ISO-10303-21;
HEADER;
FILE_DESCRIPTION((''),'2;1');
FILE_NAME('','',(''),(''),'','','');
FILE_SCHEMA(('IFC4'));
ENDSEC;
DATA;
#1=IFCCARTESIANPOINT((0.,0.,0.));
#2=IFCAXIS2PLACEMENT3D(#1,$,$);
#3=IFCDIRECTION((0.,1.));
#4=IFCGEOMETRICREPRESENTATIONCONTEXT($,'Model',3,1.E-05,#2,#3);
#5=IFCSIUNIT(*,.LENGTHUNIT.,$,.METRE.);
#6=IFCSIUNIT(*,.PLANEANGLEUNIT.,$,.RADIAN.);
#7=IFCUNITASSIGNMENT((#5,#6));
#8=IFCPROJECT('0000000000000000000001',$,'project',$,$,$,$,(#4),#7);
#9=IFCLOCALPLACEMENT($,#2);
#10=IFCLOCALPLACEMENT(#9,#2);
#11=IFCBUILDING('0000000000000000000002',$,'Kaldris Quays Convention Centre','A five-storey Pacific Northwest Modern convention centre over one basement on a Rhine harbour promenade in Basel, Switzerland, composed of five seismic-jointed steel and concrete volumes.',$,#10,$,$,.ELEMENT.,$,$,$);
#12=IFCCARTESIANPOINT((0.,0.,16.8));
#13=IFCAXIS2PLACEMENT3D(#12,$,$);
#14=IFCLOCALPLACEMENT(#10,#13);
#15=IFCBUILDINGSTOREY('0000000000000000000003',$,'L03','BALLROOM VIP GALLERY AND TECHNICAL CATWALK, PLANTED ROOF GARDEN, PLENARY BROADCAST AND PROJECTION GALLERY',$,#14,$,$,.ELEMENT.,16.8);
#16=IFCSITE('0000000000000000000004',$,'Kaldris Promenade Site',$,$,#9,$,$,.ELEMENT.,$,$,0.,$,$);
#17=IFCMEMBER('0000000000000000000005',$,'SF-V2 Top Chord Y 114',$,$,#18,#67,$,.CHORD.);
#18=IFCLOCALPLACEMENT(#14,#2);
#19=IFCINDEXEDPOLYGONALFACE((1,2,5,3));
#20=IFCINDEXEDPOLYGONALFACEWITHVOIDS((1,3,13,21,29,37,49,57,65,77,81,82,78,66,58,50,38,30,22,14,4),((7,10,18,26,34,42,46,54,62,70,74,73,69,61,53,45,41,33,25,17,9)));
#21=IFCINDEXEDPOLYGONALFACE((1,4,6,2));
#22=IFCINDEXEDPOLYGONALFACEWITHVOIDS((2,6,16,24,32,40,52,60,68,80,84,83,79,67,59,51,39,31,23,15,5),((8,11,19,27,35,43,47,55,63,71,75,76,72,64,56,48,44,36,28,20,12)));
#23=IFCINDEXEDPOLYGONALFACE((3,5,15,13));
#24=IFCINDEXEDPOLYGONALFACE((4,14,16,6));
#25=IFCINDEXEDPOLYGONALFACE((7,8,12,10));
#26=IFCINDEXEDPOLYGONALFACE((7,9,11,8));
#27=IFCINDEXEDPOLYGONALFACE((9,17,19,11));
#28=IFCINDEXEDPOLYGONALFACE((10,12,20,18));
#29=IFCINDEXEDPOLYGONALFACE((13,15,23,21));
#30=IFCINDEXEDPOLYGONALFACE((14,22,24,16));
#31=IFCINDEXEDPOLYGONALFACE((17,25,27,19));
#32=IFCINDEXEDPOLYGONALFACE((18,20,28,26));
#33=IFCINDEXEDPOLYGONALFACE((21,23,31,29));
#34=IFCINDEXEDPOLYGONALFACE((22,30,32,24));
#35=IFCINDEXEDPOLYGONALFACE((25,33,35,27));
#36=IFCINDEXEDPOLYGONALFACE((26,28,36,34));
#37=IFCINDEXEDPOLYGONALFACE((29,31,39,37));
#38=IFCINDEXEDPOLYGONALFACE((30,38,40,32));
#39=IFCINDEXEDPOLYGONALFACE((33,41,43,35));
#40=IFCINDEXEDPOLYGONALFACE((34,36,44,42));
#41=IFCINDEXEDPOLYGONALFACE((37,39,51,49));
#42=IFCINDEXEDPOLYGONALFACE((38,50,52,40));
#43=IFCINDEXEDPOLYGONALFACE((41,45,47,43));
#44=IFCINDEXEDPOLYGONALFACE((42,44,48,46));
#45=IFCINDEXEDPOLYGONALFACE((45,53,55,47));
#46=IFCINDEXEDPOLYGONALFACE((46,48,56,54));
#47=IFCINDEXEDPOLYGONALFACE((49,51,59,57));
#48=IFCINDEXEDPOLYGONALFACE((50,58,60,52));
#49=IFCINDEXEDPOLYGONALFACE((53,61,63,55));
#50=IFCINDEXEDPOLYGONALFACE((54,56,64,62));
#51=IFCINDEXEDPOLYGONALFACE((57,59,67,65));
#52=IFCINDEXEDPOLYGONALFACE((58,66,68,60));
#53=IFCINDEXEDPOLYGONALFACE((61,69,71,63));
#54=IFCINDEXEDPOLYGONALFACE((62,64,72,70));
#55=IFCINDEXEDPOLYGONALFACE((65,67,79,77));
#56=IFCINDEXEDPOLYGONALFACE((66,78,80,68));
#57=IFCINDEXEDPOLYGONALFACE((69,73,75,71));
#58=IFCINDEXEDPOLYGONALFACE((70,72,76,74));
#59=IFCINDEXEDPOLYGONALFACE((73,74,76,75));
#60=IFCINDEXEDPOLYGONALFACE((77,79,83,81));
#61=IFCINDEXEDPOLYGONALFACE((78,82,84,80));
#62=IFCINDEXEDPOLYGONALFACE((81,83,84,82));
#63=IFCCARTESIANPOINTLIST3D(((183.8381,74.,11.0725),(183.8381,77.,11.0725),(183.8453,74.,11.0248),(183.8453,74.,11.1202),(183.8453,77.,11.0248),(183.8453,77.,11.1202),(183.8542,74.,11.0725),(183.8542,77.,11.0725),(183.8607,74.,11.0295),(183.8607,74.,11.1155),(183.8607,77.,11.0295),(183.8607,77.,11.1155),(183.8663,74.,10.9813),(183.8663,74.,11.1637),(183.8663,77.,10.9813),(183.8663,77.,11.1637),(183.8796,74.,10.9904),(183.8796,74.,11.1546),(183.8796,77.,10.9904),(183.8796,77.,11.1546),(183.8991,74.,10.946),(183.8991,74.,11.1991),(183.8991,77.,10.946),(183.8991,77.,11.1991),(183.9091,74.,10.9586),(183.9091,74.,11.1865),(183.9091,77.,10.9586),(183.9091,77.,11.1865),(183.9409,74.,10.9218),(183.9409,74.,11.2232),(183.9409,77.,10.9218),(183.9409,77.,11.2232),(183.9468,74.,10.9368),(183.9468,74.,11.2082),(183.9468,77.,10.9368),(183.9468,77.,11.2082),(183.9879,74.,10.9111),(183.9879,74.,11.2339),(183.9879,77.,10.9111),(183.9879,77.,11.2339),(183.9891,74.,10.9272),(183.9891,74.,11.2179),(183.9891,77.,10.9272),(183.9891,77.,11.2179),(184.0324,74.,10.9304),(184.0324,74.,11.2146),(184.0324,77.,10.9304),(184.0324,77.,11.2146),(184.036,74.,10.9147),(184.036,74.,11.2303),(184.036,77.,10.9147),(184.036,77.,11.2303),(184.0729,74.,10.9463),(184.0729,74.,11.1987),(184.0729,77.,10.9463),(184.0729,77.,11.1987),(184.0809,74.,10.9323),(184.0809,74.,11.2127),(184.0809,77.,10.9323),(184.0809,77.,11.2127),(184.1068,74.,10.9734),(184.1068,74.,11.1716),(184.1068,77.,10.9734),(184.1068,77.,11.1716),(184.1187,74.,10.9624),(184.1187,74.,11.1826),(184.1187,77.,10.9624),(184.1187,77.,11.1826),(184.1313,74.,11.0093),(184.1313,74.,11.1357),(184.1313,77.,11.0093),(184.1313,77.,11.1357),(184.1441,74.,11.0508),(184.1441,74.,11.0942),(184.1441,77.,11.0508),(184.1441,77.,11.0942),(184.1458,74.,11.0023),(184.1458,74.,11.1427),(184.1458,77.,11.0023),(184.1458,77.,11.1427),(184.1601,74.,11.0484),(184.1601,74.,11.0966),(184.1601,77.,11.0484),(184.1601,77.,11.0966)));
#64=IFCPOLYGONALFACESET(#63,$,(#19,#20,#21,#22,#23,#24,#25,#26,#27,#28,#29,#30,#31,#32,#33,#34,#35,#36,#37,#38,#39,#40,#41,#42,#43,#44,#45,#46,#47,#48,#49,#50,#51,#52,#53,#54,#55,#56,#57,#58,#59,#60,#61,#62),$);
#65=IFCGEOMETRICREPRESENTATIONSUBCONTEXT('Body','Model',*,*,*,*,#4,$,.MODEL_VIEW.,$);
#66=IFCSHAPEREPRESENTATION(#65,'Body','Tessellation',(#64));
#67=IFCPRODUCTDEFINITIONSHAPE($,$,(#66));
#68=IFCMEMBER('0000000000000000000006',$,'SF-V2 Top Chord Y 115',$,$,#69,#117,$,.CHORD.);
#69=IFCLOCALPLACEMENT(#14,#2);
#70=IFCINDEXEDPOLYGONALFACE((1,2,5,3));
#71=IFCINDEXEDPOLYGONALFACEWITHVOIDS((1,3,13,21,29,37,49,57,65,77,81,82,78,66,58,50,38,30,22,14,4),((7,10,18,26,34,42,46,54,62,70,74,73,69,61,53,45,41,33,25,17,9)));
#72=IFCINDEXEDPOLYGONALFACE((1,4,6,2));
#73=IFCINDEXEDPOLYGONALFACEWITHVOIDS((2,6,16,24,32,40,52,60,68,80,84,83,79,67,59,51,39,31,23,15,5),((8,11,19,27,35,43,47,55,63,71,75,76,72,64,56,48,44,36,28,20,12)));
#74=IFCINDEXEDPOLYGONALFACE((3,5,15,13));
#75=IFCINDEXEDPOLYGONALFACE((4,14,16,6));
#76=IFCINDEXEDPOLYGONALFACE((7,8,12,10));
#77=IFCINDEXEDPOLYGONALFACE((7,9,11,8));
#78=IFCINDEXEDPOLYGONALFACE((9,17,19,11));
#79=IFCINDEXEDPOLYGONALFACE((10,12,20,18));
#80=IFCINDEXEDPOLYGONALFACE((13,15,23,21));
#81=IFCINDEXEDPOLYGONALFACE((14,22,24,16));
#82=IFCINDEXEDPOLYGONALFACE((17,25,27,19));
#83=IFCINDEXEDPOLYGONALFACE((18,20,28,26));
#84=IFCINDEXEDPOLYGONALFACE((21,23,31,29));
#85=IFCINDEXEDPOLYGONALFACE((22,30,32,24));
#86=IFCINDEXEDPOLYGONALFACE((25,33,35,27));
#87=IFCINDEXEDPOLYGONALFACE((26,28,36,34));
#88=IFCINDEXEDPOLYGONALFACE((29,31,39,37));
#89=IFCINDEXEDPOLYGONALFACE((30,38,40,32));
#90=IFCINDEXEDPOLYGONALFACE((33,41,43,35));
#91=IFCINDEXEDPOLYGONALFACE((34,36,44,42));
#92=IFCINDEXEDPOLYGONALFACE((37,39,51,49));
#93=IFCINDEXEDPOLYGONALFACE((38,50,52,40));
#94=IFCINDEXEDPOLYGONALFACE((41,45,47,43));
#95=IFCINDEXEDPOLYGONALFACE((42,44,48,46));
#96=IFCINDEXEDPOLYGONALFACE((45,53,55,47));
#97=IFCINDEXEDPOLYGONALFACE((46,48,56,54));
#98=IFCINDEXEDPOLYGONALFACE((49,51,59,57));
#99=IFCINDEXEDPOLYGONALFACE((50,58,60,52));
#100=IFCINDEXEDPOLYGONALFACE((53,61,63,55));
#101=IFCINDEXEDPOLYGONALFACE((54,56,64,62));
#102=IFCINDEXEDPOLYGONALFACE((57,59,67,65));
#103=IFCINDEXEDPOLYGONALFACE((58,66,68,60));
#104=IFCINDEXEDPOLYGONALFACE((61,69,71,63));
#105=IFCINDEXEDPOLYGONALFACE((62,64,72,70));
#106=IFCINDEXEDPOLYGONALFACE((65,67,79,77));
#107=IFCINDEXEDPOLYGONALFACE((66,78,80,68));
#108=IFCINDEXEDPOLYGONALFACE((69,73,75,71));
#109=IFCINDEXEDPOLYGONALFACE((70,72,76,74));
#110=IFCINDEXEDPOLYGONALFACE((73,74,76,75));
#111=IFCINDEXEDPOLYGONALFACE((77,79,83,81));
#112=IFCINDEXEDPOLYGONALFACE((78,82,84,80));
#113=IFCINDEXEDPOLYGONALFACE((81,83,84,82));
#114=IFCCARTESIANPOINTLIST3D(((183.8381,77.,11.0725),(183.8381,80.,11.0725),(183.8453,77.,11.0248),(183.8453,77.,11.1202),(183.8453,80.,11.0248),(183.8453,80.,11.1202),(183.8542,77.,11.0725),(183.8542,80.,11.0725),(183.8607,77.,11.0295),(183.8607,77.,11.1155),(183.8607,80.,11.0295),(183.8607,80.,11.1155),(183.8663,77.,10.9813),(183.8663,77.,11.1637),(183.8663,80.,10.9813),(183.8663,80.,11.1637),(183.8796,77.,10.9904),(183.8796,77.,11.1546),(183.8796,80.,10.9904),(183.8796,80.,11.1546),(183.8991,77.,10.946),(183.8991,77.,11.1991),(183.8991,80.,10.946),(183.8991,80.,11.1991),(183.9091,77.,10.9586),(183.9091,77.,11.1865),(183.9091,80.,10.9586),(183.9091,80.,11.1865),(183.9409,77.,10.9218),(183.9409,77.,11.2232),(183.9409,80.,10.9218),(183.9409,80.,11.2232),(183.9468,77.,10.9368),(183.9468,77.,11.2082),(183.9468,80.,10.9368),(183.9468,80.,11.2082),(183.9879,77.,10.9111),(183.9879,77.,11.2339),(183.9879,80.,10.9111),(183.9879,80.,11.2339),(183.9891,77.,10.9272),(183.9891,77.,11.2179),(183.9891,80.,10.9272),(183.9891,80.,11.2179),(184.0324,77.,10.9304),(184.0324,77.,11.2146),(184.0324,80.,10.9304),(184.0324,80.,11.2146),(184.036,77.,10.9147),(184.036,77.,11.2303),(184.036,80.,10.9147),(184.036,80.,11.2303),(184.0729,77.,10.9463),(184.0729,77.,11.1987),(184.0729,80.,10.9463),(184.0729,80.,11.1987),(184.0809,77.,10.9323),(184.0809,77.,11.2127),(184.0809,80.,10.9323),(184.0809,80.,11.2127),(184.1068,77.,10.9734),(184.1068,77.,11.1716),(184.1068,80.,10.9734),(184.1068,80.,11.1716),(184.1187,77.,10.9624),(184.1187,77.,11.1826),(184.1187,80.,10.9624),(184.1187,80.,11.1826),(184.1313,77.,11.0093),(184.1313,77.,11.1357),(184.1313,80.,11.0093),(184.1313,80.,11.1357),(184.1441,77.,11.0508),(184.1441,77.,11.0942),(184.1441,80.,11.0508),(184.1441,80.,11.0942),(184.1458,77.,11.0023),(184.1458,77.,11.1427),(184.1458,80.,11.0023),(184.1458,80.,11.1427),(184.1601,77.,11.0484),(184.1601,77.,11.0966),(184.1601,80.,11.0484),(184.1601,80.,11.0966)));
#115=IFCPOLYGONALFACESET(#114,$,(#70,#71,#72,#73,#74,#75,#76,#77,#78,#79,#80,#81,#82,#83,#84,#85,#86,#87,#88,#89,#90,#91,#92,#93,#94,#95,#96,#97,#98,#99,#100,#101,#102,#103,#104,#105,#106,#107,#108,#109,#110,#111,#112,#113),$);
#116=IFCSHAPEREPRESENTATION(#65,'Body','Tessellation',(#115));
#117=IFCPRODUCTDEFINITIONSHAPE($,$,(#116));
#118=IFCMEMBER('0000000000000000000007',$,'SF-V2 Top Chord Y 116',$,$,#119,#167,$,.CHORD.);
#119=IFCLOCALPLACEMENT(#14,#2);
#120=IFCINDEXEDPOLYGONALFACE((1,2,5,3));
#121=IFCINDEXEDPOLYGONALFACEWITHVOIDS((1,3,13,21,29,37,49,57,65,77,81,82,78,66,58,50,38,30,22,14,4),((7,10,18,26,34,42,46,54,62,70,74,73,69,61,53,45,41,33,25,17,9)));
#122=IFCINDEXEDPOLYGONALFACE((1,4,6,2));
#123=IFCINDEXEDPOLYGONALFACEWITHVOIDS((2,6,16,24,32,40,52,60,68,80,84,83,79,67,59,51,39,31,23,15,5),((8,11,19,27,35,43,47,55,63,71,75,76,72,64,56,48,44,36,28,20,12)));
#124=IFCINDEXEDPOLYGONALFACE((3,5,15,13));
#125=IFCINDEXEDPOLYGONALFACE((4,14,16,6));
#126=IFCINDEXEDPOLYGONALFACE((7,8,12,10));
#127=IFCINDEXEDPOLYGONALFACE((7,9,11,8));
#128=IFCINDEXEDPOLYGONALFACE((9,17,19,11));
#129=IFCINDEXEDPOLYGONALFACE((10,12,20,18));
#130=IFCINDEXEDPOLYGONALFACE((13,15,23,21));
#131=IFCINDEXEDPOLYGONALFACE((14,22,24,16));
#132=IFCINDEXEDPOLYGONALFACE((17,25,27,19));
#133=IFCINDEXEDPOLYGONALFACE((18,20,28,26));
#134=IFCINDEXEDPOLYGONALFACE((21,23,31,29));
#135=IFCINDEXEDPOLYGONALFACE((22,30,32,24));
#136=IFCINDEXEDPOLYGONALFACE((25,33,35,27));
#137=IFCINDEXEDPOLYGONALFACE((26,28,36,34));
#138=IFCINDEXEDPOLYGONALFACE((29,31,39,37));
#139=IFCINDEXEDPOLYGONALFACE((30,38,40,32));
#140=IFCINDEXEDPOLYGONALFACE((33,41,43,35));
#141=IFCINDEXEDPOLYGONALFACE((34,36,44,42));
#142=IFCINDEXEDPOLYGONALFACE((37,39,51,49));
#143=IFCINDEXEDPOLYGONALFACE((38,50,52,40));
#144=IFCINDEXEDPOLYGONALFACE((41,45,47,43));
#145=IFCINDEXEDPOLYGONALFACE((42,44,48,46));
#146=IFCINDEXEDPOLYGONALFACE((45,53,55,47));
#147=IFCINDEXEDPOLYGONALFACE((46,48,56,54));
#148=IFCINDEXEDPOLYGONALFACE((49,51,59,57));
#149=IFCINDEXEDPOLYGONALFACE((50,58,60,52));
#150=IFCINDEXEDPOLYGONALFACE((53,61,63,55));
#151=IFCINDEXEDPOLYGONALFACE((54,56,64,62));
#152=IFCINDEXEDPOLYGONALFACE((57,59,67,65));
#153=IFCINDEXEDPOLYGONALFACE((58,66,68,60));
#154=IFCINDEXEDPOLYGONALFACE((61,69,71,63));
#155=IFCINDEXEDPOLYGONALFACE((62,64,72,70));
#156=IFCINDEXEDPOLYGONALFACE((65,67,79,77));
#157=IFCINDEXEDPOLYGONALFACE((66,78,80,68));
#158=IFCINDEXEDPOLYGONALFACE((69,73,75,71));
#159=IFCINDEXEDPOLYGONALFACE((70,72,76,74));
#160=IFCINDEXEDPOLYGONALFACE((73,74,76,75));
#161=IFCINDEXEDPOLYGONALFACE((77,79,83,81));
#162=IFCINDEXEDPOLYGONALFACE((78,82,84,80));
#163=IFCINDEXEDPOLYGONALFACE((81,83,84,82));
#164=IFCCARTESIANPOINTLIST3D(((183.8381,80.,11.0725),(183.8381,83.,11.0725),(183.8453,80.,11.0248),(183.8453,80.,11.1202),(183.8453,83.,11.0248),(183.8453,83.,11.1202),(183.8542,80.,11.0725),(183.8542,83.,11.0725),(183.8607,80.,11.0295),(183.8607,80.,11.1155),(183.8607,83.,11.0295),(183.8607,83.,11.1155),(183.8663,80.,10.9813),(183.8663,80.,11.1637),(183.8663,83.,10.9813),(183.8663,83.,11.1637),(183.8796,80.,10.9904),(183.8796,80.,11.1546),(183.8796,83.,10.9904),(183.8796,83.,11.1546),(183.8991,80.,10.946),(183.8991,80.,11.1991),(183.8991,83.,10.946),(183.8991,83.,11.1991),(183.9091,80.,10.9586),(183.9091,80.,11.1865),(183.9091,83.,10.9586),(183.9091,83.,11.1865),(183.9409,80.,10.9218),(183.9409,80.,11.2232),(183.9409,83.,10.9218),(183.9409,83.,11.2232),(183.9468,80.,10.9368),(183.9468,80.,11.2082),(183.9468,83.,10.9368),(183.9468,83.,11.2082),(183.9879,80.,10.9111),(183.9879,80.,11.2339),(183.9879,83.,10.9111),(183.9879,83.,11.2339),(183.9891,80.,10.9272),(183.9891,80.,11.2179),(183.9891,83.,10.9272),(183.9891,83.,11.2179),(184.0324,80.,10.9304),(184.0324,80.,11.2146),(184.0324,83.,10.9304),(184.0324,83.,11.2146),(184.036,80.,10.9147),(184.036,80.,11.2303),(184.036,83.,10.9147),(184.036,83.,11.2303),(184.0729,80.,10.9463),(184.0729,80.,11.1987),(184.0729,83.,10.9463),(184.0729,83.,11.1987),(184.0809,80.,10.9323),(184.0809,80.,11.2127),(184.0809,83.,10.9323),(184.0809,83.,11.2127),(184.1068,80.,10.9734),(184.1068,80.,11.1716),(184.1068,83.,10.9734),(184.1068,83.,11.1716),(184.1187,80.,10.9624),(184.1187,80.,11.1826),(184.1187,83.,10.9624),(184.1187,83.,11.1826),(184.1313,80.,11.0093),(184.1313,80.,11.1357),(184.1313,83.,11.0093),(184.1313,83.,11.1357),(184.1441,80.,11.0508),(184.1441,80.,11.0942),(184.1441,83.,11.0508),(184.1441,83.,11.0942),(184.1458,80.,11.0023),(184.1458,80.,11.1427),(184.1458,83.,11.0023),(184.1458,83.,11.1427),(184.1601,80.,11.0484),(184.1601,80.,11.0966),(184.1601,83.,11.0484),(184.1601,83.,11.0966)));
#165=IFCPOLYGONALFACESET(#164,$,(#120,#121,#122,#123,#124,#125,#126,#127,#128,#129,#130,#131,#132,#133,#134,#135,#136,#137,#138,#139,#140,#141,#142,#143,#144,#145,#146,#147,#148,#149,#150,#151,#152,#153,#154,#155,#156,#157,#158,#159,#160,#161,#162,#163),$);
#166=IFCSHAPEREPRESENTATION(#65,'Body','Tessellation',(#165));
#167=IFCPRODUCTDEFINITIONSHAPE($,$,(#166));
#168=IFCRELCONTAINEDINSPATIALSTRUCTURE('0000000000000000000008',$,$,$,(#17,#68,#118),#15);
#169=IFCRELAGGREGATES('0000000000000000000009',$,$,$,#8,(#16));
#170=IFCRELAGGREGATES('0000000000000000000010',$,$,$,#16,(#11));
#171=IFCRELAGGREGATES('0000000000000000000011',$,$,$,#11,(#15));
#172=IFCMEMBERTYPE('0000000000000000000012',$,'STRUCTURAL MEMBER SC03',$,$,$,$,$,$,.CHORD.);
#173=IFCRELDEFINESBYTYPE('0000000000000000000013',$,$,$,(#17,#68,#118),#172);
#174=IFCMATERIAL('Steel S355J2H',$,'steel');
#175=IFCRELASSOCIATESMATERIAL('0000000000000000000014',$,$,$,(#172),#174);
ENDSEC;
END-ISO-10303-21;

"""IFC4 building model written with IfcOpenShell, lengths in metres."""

from ifc_helpers import new_model, si_unit, direction, frame, origin, origin_2d, place, context, subcontext, project, spatial, hollow_circle, extrude, material, material_profile, profile_set, type_object, element, save


model = new_model("IFC4")

# Units and contexts
model_context = context("Model", 3, precision=1e-05, world=origin(), true_north=direction((0.0, 1.0)))
body_context = subcontext(model_context, "Body", "Model", "MODEL_VIEW")
ifc_project = project(units=[si_unit("LENGTHUNIT", "METRE"), si_unit("PLANEANGLEUNIT", "RADIAN")], contexts=[model_context])

# Site, building, storey
site_placement = place(None, origin())
site = spatial("IfcSite", under=ifc_project, at=site_placement, Name="Kaldris Promenade Site", CompositionType="ELEMENT", RefElevation=0.0)
building_placement = place(site_placement, origin())
building = spatial("IfcBuilding", under=site, at=building_placement, Name="Kaldris Quays Convention Centre", Description="A five-storey Pacific Northwest Modern convention centre over one basement on a Rhine harbour promenade in Basel, Switzerland, composed of five seismic-jointed steel and concrete volumes.", CompositionType="ELEMENT")
storey_placement = place(building_placement, frame((0.0, 0.0, 16.8)))
storey = spatial("IfcBuildingStorey", under=building, at=storey_placement, Name="L03", Description="BALLROOM VIP GALLERY AND TECHNICAL CATWALK, PLANTED ROOF GARDEN, PLENARY BROADCAST AND PROJECTION GALLERY", CompositionType="ELEMENT", Elevation=16.8)

# Members
ifc_material_1 = material(Name="Steel S355J2H", Category="steel")
ifc_material_profile_1 = material_profile(ifc_material_1, hollow_circle(Radius=0.1619, WallThickness=0.0161, at=origin_2d()), Name="CHS 323.9x16")
ifc_profile_set_1 = profile_set([ifc_material_profile_1], Name="Steel S355J2H")
member_type_1 = type_object("IfcMemberType", Name="STRUCTURAL MEMBER SC03", PredefinedType="CHORD", material=ifc_profile_set_1)
for number, where, z_axis, x_axis, name in (
    (1, (184.0, 74.0, 11.0725), (0.0, 1.0, 0.0), (-1.0, 0.0, 0.0), "SF-V2 Top Chord Y 114"),
    (2, (184.0, 77.0, 11.0725), (0.0, 1.0, 0.0), (-1.0, 0.0, 0.0), "SF-V2 Top Chord Y 115"),
    (3, (184.0, 80.0, 11.0725), (0.0, 1.0, 0.0), (-1.0, 0.0, 0.0), "SF-V2 Top Chord Y 116"),
):
    element("IfcMember", number, at=place(storey_placement, frame(where, z_axis=z_axis, x_axis=x_axis)), inside=storey, type_object=member_type_1, Name=name, PredefinedType="CHORD", context=body_context, shape_type="SweptSolid", body=[
        extrude(hollow_circle(Radius=0.1619, WallThickness=0.0161, at=origin_2d()), origin(), (0.0, 0.0, 1.0), 3.0),
    ])

save(model, "model.ifc")
